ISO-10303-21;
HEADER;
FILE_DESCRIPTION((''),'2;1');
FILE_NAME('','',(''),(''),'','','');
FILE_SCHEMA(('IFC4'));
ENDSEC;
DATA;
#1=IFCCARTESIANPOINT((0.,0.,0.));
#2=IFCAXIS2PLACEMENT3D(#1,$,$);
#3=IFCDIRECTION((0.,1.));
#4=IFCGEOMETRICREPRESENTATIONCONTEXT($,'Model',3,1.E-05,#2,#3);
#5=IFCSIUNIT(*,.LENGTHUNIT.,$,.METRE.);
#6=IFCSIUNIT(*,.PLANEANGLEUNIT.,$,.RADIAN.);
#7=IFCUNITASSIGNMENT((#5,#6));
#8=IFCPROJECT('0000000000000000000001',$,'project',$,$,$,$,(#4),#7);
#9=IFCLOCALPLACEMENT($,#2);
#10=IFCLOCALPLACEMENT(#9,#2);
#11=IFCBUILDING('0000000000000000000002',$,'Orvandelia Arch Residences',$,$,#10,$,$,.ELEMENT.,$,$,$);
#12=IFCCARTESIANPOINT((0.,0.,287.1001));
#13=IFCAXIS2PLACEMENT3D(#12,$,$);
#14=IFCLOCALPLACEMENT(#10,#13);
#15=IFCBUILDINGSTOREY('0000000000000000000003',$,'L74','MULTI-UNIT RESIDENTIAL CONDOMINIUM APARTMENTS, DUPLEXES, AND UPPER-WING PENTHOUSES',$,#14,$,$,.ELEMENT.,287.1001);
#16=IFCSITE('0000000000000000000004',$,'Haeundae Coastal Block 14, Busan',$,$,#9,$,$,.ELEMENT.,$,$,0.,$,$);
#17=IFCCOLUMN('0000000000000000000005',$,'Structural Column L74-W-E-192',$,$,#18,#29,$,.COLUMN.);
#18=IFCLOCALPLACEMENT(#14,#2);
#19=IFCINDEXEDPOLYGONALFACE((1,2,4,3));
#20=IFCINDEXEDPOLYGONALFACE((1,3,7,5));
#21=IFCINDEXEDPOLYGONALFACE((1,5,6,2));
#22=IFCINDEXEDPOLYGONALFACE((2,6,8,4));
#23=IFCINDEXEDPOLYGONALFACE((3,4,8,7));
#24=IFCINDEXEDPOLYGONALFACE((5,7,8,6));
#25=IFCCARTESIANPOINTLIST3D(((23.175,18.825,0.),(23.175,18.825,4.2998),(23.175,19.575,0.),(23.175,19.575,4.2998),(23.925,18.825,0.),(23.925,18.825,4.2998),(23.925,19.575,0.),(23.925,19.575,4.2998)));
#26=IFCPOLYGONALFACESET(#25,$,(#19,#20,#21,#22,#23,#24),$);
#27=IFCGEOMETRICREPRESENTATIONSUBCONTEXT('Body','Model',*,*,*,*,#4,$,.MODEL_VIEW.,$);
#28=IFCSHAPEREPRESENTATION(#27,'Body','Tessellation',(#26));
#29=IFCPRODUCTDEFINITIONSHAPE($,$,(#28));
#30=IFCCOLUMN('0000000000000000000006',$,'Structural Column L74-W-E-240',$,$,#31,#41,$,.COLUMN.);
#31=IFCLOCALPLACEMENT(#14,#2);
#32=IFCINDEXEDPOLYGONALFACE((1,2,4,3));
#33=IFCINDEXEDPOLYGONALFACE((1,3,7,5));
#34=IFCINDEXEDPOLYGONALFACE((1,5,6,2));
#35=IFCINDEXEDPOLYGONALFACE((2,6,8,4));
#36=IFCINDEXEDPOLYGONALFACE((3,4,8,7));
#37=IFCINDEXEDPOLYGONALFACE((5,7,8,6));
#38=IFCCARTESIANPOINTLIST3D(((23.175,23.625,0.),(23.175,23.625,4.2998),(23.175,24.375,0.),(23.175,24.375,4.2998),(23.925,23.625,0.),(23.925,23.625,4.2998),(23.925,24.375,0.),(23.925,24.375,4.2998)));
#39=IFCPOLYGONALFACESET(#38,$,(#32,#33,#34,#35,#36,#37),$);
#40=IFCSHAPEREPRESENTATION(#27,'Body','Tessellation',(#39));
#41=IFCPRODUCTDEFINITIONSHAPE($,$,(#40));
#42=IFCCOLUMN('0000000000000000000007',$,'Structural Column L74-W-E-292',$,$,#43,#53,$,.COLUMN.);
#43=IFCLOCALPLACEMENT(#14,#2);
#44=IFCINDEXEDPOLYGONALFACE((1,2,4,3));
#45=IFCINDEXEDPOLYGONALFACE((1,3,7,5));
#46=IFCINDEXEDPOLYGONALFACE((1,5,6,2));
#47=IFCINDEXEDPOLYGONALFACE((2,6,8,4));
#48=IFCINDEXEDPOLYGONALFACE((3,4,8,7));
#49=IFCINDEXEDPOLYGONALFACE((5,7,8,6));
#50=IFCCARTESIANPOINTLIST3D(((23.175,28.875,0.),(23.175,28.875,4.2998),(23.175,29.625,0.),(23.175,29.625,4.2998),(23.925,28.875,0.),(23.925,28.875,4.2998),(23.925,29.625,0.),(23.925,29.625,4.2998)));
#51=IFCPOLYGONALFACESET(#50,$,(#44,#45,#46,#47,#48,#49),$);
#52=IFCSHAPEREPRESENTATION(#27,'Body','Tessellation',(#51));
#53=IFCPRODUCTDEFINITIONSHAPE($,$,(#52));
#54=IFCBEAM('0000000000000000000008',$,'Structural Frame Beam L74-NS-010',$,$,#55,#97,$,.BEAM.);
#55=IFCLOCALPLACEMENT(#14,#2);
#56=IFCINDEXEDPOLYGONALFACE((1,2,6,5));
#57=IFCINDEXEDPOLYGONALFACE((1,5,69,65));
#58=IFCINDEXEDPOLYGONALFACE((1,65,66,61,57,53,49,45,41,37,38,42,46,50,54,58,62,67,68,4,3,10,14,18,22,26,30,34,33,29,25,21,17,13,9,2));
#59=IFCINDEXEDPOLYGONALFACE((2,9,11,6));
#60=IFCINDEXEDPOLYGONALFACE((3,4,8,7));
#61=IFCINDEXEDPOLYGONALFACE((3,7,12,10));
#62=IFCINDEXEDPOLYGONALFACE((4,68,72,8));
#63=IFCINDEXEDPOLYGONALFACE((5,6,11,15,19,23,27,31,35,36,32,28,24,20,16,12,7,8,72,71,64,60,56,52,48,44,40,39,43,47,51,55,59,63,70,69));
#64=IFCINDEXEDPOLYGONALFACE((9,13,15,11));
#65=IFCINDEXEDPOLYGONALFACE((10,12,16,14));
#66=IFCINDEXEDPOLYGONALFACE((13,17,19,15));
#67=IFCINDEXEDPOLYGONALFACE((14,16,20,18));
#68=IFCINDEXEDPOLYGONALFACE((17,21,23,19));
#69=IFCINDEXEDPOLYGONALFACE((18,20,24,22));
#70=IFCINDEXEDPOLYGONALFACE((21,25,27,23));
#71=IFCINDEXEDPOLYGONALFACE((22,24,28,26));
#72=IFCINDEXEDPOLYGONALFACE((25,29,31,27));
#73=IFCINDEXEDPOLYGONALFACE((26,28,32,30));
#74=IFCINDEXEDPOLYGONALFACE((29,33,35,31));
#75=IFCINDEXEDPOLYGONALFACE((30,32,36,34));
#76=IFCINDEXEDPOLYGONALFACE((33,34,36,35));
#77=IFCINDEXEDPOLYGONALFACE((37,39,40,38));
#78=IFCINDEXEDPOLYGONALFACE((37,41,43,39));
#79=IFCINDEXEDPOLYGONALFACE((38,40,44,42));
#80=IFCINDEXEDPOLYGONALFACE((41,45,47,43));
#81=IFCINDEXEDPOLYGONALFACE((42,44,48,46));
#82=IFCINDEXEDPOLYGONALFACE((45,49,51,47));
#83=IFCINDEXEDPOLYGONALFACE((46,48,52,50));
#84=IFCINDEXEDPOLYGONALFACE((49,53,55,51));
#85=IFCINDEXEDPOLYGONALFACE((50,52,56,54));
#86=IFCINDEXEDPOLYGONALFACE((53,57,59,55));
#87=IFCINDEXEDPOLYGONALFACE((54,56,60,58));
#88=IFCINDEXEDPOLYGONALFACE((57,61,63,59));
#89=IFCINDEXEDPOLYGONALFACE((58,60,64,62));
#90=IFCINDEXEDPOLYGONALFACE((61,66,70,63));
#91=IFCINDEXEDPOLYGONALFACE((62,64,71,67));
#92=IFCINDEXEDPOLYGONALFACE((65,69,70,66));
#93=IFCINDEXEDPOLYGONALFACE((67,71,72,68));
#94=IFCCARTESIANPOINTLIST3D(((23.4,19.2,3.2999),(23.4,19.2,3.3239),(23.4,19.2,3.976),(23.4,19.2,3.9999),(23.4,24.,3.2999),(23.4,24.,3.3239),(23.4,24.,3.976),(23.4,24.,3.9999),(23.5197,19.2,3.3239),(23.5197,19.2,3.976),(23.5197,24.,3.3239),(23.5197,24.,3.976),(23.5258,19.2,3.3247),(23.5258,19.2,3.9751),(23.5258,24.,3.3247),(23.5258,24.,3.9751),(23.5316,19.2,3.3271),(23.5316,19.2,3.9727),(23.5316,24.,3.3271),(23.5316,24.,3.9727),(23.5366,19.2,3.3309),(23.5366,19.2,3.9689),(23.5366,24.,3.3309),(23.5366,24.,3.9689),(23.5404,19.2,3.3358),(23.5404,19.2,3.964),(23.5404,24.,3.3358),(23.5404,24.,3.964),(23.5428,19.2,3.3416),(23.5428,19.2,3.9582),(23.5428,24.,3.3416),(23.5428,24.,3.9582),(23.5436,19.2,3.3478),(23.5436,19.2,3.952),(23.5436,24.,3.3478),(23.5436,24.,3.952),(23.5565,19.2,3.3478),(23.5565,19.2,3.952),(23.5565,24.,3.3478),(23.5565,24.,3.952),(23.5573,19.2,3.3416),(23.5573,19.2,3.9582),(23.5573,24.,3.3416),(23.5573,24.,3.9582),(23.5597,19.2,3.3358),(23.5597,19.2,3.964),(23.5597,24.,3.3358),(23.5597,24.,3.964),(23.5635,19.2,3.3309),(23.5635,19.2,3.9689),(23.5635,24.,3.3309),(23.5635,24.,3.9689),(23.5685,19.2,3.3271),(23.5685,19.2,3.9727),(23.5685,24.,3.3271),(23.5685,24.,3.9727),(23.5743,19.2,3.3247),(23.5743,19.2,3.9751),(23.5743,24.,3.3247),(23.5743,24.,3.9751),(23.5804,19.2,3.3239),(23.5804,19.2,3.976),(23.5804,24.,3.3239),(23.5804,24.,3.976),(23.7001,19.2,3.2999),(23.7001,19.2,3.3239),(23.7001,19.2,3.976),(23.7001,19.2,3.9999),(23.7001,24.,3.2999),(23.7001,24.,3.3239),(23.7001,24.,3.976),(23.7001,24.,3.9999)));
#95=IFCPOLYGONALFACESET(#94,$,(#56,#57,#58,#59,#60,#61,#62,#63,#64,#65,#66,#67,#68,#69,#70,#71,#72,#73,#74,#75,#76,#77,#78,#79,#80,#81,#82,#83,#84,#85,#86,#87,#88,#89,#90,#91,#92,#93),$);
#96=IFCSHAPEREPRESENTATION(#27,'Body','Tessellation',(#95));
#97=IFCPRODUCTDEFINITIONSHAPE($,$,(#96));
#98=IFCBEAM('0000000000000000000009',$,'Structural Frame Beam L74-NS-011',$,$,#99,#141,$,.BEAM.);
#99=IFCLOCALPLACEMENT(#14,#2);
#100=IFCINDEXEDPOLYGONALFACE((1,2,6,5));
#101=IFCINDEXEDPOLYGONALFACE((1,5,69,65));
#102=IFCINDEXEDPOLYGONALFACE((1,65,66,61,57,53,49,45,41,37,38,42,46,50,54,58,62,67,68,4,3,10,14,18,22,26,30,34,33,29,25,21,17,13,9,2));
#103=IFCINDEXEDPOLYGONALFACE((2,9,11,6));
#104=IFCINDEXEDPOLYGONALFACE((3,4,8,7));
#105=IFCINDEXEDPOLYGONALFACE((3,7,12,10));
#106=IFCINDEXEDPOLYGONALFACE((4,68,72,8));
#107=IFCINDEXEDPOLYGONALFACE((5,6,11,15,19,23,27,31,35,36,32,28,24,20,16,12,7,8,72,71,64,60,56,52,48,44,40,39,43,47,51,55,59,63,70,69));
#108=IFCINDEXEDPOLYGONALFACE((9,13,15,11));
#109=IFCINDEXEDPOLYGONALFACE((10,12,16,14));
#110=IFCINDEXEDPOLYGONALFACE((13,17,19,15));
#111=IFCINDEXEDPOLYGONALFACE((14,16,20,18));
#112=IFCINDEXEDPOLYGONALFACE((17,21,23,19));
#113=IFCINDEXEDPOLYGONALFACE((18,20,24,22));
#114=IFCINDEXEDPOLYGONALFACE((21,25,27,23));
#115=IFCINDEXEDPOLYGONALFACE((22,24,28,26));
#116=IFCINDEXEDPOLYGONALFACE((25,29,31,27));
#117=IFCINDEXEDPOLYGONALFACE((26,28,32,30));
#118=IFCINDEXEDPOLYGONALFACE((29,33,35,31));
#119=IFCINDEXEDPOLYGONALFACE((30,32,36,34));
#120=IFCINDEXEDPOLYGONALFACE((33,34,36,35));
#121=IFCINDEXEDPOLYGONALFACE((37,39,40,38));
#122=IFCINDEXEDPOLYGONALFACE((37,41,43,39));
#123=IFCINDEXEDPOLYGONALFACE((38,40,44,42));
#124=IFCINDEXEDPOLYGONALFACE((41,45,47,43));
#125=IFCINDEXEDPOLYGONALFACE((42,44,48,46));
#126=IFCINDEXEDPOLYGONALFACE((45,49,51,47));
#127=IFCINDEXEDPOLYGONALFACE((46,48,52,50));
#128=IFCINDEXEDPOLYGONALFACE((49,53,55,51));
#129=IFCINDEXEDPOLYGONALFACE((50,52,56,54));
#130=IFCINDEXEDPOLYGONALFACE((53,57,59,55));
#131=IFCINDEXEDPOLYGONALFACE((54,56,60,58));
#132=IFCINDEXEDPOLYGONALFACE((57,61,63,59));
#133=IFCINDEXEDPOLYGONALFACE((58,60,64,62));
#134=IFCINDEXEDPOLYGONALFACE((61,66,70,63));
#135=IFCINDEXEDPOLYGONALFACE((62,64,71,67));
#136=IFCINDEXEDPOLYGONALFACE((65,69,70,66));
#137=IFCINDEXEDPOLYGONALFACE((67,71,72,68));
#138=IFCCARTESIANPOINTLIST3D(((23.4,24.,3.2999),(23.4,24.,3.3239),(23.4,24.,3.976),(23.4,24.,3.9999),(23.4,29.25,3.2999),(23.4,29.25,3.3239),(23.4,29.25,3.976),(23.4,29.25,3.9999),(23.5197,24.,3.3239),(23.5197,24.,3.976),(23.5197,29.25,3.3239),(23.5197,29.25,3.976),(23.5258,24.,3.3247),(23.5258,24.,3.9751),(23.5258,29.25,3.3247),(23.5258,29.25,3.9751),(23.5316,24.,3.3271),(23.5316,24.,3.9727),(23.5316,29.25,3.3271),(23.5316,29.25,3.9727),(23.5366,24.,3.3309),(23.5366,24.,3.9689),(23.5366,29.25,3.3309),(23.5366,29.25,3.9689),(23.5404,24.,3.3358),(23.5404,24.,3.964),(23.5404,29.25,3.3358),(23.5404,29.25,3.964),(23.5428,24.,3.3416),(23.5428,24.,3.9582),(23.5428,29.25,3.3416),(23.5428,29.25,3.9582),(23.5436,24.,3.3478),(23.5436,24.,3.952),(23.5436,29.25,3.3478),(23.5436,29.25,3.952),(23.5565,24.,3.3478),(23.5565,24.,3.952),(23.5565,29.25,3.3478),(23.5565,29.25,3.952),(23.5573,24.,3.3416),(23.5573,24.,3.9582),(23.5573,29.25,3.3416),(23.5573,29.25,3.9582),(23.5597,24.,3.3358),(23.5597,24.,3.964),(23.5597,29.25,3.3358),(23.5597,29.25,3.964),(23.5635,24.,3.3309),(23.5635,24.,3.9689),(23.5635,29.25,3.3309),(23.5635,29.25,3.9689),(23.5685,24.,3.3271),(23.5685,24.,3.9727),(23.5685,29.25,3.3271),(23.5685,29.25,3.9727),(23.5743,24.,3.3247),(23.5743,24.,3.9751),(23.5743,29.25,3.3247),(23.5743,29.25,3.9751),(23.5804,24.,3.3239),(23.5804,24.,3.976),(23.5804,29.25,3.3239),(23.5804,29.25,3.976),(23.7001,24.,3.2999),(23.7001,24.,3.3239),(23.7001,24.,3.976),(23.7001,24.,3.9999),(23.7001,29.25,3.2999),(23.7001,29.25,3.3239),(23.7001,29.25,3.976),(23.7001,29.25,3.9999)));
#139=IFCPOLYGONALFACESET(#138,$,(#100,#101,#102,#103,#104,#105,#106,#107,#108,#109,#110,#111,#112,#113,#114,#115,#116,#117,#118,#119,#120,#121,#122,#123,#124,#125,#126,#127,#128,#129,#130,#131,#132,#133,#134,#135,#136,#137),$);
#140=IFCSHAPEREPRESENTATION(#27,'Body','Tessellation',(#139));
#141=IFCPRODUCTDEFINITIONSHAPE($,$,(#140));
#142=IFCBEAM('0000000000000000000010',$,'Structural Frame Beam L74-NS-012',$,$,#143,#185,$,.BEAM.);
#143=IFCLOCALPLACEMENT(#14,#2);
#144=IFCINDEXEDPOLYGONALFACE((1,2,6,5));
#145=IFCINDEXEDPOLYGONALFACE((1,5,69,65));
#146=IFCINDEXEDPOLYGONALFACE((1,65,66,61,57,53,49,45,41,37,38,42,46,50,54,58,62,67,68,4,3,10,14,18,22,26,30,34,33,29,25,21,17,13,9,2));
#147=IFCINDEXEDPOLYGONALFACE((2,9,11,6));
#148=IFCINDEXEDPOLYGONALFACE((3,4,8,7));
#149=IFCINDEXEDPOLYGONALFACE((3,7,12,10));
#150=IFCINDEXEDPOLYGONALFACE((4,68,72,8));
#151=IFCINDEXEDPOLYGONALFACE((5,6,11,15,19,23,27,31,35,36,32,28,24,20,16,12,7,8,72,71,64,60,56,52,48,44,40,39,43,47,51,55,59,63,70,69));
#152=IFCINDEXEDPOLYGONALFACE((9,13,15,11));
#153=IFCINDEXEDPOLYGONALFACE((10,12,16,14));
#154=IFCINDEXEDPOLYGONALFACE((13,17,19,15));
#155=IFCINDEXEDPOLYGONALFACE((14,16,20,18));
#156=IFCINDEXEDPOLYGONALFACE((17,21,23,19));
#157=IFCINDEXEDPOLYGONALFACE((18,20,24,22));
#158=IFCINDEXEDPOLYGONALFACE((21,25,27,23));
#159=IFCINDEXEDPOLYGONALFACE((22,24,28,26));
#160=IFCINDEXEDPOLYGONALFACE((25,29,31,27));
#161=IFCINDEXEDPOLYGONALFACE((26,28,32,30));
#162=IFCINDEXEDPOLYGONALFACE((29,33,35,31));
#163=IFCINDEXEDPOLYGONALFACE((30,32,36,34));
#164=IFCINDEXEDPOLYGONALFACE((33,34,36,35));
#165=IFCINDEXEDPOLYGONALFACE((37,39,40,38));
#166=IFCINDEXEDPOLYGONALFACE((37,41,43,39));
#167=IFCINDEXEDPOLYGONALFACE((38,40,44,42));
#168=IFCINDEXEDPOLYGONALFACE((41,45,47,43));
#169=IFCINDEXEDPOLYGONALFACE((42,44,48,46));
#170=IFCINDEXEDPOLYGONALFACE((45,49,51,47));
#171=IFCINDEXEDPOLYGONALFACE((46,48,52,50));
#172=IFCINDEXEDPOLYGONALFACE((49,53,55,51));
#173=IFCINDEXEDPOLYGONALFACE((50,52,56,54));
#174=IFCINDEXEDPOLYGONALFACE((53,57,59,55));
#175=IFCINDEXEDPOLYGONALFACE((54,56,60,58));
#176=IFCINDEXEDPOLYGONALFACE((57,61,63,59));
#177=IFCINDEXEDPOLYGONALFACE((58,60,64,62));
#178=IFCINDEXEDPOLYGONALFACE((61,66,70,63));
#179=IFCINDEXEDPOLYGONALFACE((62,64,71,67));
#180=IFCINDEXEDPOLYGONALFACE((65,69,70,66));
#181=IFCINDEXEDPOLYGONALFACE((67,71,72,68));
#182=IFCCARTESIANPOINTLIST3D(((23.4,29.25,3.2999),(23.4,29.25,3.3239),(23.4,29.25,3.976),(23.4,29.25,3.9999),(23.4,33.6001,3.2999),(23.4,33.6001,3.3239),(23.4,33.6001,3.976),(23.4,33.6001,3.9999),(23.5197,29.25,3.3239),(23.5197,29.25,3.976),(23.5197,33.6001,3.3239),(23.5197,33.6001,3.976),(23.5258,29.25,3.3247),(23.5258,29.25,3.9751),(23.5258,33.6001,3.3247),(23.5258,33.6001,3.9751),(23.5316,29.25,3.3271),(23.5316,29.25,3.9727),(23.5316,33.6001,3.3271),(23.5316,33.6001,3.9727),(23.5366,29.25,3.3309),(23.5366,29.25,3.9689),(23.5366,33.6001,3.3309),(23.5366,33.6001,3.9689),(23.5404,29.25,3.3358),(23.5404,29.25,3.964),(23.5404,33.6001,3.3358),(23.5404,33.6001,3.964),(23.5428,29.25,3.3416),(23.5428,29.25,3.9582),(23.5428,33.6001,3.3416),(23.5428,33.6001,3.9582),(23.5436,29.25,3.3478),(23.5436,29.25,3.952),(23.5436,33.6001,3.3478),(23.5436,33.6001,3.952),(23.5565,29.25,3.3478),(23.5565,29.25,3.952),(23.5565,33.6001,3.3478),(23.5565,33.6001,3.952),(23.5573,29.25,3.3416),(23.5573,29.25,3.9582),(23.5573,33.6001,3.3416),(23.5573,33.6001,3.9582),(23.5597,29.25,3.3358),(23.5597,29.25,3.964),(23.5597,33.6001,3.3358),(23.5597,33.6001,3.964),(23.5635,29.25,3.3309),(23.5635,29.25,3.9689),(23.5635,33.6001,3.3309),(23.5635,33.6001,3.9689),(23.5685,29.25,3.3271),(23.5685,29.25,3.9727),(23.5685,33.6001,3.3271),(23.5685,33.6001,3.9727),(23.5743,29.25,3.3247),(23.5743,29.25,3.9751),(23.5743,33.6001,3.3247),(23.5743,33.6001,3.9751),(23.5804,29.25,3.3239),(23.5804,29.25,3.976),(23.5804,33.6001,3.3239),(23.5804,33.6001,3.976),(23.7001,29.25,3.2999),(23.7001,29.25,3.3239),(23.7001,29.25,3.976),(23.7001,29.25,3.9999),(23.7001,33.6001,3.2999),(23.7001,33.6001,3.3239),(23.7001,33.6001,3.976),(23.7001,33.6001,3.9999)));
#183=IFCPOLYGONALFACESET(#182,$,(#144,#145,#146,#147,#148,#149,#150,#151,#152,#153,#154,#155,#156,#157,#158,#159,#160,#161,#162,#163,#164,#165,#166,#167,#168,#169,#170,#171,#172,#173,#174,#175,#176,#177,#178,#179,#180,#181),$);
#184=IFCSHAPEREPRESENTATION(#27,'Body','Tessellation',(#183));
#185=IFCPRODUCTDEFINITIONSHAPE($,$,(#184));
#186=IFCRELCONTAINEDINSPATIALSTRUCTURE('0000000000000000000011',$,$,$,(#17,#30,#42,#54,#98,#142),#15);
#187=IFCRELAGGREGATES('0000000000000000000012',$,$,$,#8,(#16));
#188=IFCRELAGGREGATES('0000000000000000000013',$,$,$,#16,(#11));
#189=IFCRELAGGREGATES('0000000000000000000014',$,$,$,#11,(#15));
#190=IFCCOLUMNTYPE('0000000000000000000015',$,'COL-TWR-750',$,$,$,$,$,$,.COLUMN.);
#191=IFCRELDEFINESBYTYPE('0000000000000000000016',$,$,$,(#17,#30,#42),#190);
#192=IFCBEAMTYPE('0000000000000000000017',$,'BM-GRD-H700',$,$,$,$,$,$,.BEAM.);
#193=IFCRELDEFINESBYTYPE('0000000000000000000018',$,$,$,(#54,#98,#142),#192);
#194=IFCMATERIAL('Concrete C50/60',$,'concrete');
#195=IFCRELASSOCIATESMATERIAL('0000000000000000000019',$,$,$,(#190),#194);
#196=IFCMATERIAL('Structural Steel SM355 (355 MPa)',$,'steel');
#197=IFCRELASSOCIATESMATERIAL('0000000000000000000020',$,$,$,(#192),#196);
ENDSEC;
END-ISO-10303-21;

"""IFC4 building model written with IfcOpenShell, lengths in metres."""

from ifc_helpers import new_model, si_unit, direction, frame, origin, origin_2d, place, context, subcontext, project, spatial, rectangle, i_section, extrude, material, material_profile, profile_set, type_object, element, save


model = new_model("IFC4")

# Units and contexts
model_context = context("Model", 3, precision=1e-05, world=origin(), true_north=direction((0.0, 1.0)))
body_context = subcontext(model_context, "Body", "Model", "MODEL_VIEW")
ifc_project = project(units=[si_unit("LENGTHUNIT", "METRE"), si_unit("PLANEANGLEUNIT", "RADIAN")], contexts=[model_context])

# Site, building, storey
site_placement = place(None, origin())
site = spatial("IfcSite", under=ifc_project, at=site_placement, Name="Haeundae Coastal Block 14, Busan", CompositionType="ELEMENT", RefElevation=0.0)
building_placement = place(site_placement, origin())
building = spatial("IfcBuilding", under=site, at=building_placement, Name="Orvandelia Arch Residences", CompositionType="ELEMENT")
storey_placement = place(building_placement, frame((0.0, 0.0, 287.1001)))
storey = spatial("IfcBuildingStorey", under=building, at=storey_placement, Name="L74", Description="MULTI-UNIT RESIDENTIAL CONDOMINIUM APARTMENTS, DUPLEXES, AND UPPER-WING PENTHOUSES", CompositionType="ELEMENT", Elevation=287.1001)

# Columns
ifc_material_1 = material(Name="Concrete C50/60", Category="concrete")
ifc_material_profile_1 = material_profile(ifc_material_1, rectangle(XDim=0.75, YDim=0.75, at=origin_2d()), Name="Concrete C50/60", Category="concrete")
ifc_profile_set_1 = profile_set([ifc_material_profile_1], Name="Concrete C50/60")
column_type = type_object("IfcColumnType", Name="COL-TWR-750", PredefinedType="COLUMN", material=ifc_profile_set_1)
for number, where, z_axis, x_axis, name in (
    (1, (23.55, 19.2, 0.0), (0.0, 0.0, 1.0), (1.0, 0.0, 0.0), "Structural Column L74-W-E-192"),
    (2, (23.55, 24.0, 0.0), (0.0, 0.0, 1.0), (1.0, 0.0, 0.0), "Structural Column L74-W-E-240"),
    (3, (23.55, 29.25, 0.0), (0.0, 0.0, 1.0), (1.0, 0.0, 0.0), "Structural Column L74-W-E-292"),
):
    element("IfcColumn", number, at=place(storey_placement, frame(where, z_axis=z_axis, x_axis=x_axis)), inside=storey, type_object=column_type, Name=name, PredefinedType="COLUMN", context=body_context, shape_type="SweptSolid", body=[
        extrude(rectangle(XDim=0.75, YDim=0.75, at=origin_2d()), origin(), (0.0, 0.0, 1.0), 4.2998),
    ])

# Beams
ifc_material_2 = material(Name="Structural Steel SM355 (355 MPa)", Category="steel")
ifc_material_profile_2 = material_profile(ifc_material_2, i_section(OverallWidth=0.3, OverallDepth=0.7, WebThickness=0.0129, FlangeThickness=0.0239, FilletRadius=0.0239, at=origin_2d()), Name="Structural Steel SM355 (355 MPa)", Category="steel")
ifc_profile_set_2 = profile_set([ifc_material_profile_2], Name="Structural Steel SM355 (355 MPa)")
beam_type = type_object("IfcBeamType", Name="BM-GRD-H700", PredefinedType="BEAM", material=ifc_profile_set_2)
beam_1_placement = place(storey_placement, frame((23.55, 19.2, 3.6499), z_axis=(0.0, 1.0, 0.0), x_axis=(-1.0, 0.0, 0.0)))
element("IfcBeam", 4, at=beam_1_placement, inside=storey, type_object=beam_type, Name="Structural Frame Beam L74-NS-010", PredefinedType="BEAM", context=body_context, shape_type="SweptSolid", body=[
    extrude(i_section(OverallWidth=0.3, OverallDepth=0.7, WebThickness=0.0129, FlangeThickness=0.0239, FilletRadius=0.0239, at=origin_2d()), origin(), (0.0, 0.0, 1.0), 4.8),
])
beam_2_placement = place(storey_placement, frame((23.55, 24.0, 3.6499), z_axis=(0.0, 1.0, 0.0), x_axis=(-1.0, 0.0, 0.0)))
element("IfcBeam", 5, at=beam_2_placement, inside=storey, type_object=beam_type, Name="Structural Frame Beam L74-NS-011", PredefinedType="BEAM", context=body_context, shape_type="SweptSolid", body=[
    extrude(i_section(OverallWidth=0.3, OverallDepth=0.7, WebThickness=0.0129, FlangeThickness=0.0239, FilletRadius=0.0239, at=origin_2d()), origin(), (0.0, 0.0, 1.0), 5.25),
])
beam_3_placement = place(storey_placement, frame((23.55, 29.25, 3.6499), z_axis=(0.0, 1.0, 0.0), x_axis=(-1.0, 0.0, 0.0)))
element("IfcBeam", 6, at=beam_3_placement, inside=storey, type_object=beam_type, Name="Structural Frame Beam L74-NS-012", PredefinedType="BEAM", context=body_context, shape_type="SweptSolid", body=[
    extrude(i_section(OverallWidth=0.3, OverallDepth=0.7, WebThickness=0.0129, FlangeThickness=0.0239, FilletRadius=0.0239, at=origin_2d()), origin(), (0.0, 0.0, 1.0), 4.3501),
])

save(model, "model.ifc")
